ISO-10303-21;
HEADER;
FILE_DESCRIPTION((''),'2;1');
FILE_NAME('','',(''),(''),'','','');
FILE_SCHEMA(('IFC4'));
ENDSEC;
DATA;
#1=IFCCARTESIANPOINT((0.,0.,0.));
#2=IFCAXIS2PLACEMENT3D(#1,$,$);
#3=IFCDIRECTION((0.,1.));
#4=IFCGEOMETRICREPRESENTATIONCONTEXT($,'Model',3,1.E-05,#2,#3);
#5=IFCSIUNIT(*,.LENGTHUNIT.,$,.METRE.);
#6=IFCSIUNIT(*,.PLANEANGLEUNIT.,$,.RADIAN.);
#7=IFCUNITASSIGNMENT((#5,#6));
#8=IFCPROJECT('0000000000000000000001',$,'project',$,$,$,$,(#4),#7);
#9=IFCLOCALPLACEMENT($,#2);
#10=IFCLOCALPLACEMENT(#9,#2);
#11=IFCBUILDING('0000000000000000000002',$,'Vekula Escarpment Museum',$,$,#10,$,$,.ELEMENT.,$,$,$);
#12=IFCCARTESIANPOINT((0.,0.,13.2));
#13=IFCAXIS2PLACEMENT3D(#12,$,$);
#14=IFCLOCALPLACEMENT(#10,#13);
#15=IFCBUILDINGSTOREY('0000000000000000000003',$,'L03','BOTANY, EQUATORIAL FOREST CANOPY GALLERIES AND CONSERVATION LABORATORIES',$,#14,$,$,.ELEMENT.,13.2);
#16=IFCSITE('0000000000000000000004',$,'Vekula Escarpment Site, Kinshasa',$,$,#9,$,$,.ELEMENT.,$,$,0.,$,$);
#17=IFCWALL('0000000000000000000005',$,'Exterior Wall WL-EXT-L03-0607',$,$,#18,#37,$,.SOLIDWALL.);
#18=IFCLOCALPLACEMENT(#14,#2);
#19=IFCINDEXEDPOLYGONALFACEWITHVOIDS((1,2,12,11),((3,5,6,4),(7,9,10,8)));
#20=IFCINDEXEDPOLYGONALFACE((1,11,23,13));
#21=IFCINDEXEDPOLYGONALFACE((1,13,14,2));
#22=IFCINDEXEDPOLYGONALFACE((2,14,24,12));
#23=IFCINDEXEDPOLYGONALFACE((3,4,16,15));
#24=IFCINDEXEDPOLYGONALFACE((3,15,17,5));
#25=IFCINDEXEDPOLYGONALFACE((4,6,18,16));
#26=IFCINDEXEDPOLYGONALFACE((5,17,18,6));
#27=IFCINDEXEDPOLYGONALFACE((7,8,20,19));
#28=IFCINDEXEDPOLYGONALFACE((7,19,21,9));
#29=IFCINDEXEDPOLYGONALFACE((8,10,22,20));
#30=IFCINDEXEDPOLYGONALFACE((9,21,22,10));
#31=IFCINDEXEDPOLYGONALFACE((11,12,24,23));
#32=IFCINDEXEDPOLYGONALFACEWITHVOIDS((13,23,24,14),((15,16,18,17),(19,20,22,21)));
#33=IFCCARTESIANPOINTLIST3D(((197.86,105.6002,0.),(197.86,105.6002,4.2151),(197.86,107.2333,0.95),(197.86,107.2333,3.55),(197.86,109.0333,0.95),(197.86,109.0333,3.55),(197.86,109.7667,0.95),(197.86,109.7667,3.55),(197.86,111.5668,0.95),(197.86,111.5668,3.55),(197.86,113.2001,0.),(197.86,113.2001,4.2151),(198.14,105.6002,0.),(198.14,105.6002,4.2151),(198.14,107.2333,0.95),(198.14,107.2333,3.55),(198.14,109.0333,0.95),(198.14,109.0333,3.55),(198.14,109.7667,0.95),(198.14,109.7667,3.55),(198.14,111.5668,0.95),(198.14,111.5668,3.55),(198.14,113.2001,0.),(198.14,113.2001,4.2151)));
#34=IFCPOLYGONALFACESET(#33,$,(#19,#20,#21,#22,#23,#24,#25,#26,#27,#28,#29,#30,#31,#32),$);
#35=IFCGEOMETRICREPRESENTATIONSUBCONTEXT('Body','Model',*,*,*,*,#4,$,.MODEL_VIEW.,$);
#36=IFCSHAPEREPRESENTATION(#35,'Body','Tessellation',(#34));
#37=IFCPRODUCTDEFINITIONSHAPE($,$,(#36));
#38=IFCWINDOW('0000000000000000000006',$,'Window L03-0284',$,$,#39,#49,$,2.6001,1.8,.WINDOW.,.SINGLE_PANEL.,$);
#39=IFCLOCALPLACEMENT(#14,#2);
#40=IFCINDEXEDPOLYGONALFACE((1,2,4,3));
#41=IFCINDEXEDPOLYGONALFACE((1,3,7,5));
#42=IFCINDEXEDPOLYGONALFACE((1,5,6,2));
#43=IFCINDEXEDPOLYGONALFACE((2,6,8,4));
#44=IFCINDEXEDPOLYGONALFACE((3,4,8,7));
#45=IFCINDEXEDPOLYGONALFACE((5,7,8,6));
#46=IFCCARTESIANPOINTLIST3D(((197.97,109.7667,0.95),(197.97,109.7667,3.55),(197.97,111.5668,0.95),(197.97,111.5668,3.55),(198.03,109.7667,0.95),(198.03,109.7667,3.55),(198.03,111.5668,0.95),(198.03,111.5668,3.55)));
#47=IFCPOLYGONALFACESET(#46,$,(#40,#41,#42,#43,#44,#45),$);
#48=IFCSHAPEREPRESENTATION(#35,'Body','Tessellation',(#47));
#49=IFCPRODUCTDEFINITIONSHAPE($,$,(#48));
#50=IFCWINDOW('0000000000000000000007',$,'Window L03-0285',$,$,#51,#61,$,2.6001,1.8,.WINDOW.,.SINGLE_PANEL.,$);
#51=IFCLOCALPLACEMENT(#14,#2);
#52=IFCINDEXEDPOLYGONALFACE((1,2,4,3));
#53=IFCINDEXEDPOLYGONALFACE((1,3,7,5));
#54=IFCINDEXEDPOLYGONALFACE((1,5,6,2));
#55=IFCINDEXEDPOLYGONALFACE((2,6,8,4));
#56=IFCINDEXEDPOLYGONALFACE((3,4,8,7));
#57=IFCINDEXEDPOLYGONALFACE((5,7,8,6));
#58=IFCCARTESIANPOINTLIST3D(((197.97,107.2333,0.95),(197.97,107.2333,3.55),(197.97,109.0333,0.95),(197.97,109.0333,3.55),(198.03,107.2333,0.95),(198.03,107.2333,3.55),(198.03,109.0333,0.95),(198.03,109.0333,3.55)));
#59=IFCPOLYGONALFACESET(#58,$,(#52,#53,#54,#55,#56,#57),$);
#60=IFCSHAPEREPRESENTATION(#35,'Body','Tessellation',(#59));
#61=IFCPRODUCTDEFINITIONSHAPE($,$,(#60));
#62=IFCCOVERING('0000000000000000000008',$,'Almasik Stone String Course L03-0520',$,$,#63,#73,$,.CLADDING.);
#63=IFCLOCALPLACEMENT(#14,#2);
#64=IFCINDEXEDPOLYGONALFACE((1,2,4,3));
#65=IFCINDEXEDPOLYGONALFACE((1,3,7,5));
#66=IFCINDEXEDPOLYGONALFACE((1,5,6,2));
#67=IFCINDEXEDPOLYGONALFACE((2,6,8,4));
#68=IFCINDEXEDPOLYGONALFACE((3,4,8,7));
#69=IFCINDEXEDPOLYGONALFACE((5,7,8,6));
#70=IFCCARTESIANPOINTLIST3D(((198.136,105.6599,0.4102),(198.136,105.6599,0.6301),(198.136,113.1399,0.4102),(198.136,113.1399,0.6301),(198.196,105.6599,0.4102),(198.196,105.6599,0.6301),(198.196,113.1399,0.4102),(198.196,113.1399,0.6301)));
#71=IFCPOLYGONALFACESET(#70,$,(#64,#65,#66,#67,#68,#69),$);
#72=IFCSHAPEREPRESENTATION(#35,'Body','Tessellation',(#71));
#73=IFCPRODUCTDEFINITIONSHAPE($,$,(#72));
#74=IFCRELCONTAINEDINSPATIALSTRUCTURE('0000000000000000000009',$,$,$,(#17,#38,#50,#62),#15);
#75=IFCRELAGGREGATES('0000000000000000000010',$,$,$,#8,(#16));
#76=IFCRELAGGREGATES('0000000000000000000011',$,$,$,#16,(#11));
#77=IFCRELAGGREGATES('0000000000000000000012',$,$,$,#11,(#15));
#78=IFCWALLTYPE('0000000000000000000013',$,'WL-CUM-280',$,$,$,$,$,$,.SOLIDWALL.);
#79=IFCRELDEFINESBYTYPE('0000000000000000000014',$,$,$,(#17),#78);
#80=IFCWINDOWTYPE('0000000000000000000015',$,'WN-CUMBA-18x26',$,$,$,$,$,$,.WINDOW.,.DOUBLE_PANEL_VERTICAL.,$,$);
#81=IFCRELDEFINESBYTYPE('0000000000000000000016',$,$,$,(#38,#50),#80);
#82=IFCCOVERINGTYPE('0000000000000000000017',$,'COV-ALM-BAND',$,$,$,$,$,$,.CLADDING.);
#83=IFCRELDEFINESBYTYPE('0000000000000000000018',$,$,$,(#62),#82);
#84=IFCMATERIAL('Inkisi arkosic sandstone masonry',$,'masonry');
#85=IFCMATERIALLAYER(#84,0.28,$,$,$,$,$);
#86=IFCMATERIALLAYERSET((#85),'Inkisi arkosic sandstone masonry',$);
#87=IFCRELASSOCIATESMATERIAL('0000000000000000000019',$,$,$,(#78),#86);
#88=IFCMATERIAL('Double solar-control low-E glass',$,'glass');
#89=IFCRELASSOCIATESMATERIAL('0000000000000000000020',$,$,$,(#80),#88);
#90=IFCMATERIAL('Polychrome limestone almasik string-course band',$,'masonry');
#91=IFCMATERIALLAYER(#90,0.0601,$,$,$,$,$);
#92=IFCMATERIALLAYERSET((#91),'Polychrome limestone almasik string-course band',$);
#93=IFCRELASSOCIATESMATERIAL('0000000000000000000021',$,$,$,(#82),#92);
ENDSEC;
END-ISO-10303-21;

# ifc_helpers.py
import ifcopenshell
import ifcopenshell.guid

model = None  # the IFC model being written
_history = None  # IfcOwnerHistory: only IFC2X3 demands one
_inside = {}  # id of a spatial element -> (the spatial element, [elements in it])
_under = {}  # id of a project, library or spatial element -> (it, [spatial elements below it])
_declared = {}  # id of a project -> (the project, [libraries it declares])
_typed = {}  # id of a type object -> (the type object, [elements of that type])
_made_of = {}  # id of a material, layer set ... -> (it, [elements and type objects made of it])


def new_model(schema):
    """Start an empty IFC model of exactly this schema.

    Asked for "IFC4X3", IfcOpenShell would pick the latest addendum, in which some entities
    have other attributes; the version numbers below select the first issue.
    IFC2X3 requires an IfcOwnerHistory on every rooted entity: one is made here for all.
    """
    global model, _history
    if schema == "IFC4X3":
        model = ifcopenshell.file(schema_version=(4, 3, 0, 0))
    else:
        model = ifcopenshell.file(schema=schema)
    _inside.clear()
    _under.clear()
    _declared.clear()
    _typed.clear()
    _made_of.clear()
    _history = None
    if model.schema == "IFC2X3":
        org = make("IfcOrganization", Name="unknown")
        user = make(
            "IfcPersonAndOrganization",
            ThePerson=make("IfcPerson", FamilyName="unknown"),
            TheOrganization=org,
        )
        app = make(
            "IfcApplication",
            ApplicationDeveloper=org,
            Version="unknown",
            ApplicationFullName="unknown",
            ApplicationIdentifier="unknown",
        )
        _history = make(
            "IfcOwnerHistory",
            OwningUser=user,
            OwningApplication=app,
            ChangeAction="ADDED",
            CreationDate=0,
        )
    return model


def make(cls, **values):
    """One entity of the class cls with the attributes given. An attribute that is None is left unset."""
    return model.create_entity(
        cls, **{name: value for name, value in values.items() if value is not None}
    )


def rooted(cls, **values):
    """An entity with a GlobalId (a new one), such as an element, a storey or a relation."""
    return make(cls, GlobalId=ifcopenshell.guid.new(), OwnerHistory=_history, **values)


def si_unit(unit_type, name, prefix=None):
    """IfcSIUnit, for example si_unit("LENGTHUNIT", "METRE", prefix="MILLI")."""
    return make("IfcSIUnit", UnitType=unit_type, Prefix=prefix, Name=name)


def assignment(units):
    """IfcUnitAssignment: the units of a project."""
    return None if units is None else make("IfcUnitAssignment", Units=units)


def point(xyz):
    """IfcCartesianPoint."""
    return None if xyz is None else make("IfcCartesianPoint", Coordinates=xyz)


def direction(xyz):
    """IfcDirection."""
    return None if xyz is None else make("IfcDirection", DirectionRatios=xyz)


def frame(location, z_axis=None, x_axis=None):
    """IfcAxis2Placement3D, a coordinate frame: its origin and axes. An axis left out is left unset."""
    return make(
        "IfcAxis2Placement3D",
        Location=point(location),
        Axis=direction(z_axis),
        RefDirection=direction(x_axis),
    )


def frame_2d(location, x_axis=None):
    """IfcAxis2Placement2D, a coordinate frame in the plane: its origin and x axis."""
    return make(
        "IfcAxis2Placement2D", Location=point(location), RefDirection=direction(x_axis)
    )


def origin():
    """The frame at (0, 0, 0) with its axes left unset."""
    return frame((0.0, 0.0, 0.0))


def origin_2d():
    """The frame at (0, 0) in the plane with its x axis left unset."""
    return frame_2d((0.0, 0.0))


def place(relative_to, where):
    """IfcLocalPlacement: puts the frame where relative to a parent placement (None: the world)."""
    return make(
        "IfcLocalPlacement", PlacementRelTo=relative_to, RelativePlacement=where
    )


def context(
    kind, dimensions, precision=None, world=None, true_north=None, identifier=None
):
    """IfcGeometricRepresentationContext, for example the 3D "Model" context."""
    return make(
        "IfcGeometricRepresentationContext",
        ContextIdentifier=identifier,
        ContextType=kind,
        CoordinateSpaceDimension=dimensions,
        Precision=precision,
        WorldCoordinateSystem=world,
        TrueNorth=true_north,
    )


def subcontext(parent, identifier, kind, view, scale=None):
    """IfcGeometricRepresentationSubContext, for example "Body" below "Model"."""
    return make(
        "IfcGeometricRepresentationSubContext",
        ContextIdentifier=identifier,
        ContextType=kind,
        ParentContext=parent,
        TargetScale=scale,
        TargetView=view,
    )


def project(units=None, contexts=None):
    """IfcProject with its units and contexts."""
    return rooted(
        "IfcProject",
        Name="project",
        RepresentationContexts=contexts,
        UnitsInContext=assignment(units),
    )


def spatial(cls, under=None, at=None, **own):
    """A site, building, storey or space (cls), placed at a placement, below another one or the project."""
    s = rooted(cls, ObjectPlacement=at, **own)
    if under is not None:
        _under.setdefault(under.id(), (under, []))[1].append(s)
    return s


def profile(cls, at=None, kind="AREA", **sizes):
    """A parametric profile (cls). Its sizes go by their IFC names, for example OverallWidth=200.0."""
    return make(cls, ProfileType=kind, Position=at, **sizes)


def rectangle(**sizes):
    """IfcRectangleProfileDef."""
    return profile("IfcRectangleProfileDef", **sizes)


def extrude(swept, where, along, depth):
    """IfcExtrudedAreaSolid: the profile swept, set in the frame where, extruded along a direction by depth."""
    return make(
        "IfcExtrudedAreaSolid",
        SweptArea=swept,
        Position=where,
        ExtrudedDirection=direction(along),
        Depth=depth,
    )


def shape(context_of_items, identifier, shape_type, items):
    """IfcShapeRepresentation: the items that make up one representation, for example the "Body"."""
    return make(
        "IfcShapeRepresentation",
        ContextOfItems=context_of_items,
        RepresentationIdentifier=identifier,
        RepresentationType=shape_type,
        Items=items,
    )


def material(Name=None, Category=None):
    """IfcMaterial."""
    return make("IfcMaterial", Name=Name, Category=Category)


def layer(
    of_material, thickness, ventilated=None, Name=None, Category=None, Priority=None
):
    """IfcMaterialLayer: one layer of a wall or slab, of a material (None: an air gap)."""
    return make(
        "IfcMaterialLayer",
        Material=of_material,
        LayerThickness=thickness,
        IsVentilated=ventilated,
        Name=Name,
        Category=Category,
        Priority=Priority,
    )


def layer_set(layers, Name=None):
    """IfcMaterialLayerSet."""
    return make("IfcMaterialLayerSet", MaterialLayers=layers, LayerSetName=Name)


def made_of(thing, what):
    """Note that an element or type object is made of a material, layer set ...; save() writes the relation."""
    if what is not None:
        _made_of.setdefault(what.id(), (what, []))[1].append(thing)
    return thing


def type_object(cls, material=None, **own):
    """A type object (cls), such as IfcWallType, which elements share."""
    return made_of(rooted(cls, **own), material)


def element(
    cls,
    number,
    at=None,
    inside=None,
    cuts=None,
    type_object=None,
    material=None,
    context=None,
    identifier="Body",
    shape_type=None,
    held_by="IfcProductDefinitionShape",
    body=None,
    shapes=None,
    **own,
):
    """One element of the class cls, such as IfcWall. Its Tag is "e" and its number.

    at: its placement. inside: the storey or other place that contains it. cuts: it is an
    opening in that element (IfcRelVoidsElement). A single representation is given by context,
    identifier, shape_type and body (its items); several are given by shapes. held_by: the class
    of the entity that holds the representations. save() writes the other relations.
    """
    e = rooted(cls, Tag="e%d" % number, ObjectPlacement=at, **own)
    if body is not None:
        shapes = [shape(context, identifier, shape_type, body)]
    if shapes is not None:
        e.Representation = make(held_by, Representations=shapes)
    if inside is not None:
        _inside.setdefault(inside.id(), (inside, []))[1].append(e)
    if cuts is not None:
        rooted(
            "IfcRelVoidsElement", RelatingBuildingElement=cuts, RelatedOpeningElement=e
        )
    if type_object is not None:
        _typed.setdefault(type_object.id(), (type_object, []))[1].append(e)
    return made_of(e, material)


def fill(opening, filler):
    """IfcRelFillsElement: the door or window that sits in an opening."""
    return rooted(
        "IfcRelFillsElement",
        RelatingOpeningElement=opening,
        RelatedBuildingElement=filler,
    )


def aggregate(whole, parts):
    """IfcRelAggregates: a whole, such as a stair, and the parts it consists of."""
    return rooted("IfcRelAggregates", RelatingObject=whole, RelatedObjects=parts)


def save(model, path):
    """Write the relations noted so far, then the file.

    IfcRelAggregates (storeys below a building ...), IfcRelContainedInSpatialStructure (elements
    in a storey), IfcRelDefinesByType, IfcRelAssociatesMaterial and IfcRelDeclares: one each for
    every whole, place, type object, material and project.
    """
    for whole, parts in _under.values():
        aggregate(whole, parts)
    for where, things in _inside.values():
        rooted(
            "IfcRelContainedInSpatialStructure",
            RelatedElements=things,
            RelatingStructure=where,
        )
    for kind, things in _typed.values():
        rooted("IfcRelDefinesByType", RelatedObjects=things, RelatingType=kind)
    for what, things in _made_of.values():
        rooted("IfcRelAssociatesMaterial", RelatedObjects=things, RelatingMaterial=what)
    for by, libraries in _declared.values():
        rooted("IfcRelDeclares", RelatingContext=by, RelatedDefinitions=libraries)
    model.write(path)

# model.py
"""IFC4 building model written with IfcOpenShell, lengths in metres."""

from ifc_helpers import new_model, si_unit, direction, frame, frame_2d, origin, origin_2d, place, context, subcontext, project, spatial, rectangle, extrude, material, layer, layer_set, type_object, element, fill, save


model = new_model("IFC4")

# Units and contexts
model_context = context("Model", 3, precision=1e-05, world=origin(), true_north=direction((0.0, 1.0)))
body_context = subcontext(model_context, "Body", "Model", "MODEL_VIEW")
ifc_project = project(units=[si_unit("LENGTHUNIT", "METRE"), si_unit("PLANEANGLEUNIT", "RADIAN")], contexts=[model_context])

# Site, building, storey
site_placement = place(None, origin())
site = spatial("IfcSite", under=ifc_project, at=site_placement, Name="Vekula Escarpment Site, Kinshasa", CompositionType="ELEMENT", RefElevation=0.0)
building_placement = place(site_placement, origin())
building = spatial("IfcBuilding", under=site, at=building_placement, Name="Vekula Escarpment Museum", CompositionType="ELEMENT")
storey_placement = place(building_placement, frame((0.0, 0.0, 13.2)))
storey = spatial("IfcBuildingStorey", under=building, at=storey_placement, Name="L03", Description="BOTANY, EQUATORIAL FOREST CANOPY GALLERIES AND CONSERVATION LABORATORIES", CompositionType="ELEMENT", Elevation=13.2)

# Wall, openings, windows
ifc_material_1 = material(Name="Inkisi arkosic sandstone masonry", Category="masonry")
ifc_layer_1 = layer(ifc_material_1, 0.28)
ifc_layer_set_1 = layer_set([ifc_layer_1], Name="Inkisi arkosic sandstone masonry")
wall_type_1 = type_object("IfcWallType", Name="WL-CUM-280", PredefinedType="SOLIDWALL", material=ifc_layer_set_1)
wall_1_placement = place(storey_placement, frame((198.0, 113.2, 0.0), z_axis=(0.0, 0.0, 1.0), x_axis=(0.0, -1.0, 0.0)))
wall_1 = element("IfcWall", 1, at=wall_1_placement, inside=storey, type_object=wall_type_1, Name="Exterior Wall WL-EXT-L03-0607", PredefinedType="SOLIDWALL", context=body_context, shape_type="SweptSolid", body=[
    extrude(rectangle(XDim=7.5999, YDim=0.28, at=frame_2d((3.7998, 0.0))), origin(), (0.0, 0.0, 1.0), 4.2151),
])
opening_1_placement = place(wall_1_placement, frame((1.6333, 0.0, 0.95)))
opening_1 = element("IfcOpeningElement", 2, at=opening_1_placement, cuts=wall_1, PredefinedType="OPENING", context=body_context, shape_type="SweptSolid", body=[
    extrude(rectangle(XDim=1.8, YDim=2.6001, at=frame_2d((0.8999, 1.3))), frame((0.0, 0.1499, 0.0), z_axis=(0.0, -1.0, 0.0), x_axis=(1.0, 0.0, 0.0)), (0.0, 0.0, 1.0), 0.3),
])
opening_2_placement = place(wall_1_placement, frame((4.1667, 0.0, 0.95)))
opening_2 = element("IfcOpeningElement", 3, at=opening_2_placement, cuts=wall_1, PredefinedType="OPENING", context=body_context, shape_type="SweptSolid", body=[
    extrude(rectangle(XDim=1.8, YDim=2.6001, at=frame_2d((0.8999, 1.3))), frame((0.0, 0.1499, 0.0), z_axis=(0.0, -1.0, 0.0), x_axis=(1.0, 0.0, 0.0)), (0.0, 0.0, 1.0), 0.3),
])
ifc_material_2 = material(Name="Double solar-control low-E glass", Category="glass")
window_type = type_object("IfcWindowType", Name="WN-CUMBA-18x26", PartitioningType="DOUBLE_PANEL_VERTICAL", PredefinedType="WINDOW", material=ifc_material_2)
window_1_placement = place(opening_1_placement, origin())
window_1 = element("IfcWindow", 4, at=window_1_placement, inside=storey, type_object=window_type, Name="Window L03-0284", OverallHeight=2.6001, OverallWidth=1.8, PartitioningType="SINGLE_PANEL", PredefinedType="WINDOW", context=body_context, shape_type="SweptSolid", body=[
    extrude(rectangle(XDim=1.8, YDim=2.6001, at=frame_2d((0.8999, 1.3))), frame((0.0, 0.03, 0.0), z_axis=(0.0, -1.0, 0.0), x_axis=(1.0, 0.0, 0.0)), (0.0, 0.0, 1.0), 0.0601),
])
fill(opening_1, window_1)
window_2_placement = place(opening_2_placement, origin())
window_2 = element("IfcWindow", 5, at=window_2_placement, inside=storey, type_object=window_type, Name="Window L03-0285", OverallHeight=2.6001, OverallWidth=1.8, PartitioningType="SINGLE_PANEL", PredefinedType="WINDOW", context=body_context, shape_type="SweptSolid", body=[
    extrude(rectangle(XDim=1.8, YDim=2.6001, at=frame_2d((0.8999, 1.3))), frame((0.0, 0.03, 0.0), z_axis=(0.0, -1.0, 0.0), x_axis=(1.0, 0.0, 0.0)), (0.0, 0.0, 1.0), 0.0601),
])
fill(opening_2, window_2)

# Covering
ifc_material_3 = material(Name="Polychrome limestone almasik string-course band", Category="masonry")
ifc_layer_2 = layer(ifc_material_3, 0.0601)
ifc_layer_set_2 = layer_set([ifc_layer_2], Name="Polychrome limestone almasik string-course band")
covering_type = type_object("IfcCoveringType", Name="COV-ALM-BAND", PredefinedType="CLADDING", material=ifc_layer_set_2)
covering_placement = place(storey_placement, frame((198.166, 109.3999, 0.4102), z_axis=(0.0, 0.0, 1.0), x_axis=(0.0, 1.0, 0.0)))
element("IfcCovering", 6, at=covering_placement, inside=storey, type_object=covering_type, Name="Almasik Stone String Course L03-0520", PredefinedType="CLADDING", context=body_context, shape_type="SweptSolid", body=[
    extrude(rectangle(XDim=7.48, YDim=0.0601, at=origin_2d()), origin(), (0.0, 0.0, 1.0), 0.22),
])

save(model, "model.ifc")
